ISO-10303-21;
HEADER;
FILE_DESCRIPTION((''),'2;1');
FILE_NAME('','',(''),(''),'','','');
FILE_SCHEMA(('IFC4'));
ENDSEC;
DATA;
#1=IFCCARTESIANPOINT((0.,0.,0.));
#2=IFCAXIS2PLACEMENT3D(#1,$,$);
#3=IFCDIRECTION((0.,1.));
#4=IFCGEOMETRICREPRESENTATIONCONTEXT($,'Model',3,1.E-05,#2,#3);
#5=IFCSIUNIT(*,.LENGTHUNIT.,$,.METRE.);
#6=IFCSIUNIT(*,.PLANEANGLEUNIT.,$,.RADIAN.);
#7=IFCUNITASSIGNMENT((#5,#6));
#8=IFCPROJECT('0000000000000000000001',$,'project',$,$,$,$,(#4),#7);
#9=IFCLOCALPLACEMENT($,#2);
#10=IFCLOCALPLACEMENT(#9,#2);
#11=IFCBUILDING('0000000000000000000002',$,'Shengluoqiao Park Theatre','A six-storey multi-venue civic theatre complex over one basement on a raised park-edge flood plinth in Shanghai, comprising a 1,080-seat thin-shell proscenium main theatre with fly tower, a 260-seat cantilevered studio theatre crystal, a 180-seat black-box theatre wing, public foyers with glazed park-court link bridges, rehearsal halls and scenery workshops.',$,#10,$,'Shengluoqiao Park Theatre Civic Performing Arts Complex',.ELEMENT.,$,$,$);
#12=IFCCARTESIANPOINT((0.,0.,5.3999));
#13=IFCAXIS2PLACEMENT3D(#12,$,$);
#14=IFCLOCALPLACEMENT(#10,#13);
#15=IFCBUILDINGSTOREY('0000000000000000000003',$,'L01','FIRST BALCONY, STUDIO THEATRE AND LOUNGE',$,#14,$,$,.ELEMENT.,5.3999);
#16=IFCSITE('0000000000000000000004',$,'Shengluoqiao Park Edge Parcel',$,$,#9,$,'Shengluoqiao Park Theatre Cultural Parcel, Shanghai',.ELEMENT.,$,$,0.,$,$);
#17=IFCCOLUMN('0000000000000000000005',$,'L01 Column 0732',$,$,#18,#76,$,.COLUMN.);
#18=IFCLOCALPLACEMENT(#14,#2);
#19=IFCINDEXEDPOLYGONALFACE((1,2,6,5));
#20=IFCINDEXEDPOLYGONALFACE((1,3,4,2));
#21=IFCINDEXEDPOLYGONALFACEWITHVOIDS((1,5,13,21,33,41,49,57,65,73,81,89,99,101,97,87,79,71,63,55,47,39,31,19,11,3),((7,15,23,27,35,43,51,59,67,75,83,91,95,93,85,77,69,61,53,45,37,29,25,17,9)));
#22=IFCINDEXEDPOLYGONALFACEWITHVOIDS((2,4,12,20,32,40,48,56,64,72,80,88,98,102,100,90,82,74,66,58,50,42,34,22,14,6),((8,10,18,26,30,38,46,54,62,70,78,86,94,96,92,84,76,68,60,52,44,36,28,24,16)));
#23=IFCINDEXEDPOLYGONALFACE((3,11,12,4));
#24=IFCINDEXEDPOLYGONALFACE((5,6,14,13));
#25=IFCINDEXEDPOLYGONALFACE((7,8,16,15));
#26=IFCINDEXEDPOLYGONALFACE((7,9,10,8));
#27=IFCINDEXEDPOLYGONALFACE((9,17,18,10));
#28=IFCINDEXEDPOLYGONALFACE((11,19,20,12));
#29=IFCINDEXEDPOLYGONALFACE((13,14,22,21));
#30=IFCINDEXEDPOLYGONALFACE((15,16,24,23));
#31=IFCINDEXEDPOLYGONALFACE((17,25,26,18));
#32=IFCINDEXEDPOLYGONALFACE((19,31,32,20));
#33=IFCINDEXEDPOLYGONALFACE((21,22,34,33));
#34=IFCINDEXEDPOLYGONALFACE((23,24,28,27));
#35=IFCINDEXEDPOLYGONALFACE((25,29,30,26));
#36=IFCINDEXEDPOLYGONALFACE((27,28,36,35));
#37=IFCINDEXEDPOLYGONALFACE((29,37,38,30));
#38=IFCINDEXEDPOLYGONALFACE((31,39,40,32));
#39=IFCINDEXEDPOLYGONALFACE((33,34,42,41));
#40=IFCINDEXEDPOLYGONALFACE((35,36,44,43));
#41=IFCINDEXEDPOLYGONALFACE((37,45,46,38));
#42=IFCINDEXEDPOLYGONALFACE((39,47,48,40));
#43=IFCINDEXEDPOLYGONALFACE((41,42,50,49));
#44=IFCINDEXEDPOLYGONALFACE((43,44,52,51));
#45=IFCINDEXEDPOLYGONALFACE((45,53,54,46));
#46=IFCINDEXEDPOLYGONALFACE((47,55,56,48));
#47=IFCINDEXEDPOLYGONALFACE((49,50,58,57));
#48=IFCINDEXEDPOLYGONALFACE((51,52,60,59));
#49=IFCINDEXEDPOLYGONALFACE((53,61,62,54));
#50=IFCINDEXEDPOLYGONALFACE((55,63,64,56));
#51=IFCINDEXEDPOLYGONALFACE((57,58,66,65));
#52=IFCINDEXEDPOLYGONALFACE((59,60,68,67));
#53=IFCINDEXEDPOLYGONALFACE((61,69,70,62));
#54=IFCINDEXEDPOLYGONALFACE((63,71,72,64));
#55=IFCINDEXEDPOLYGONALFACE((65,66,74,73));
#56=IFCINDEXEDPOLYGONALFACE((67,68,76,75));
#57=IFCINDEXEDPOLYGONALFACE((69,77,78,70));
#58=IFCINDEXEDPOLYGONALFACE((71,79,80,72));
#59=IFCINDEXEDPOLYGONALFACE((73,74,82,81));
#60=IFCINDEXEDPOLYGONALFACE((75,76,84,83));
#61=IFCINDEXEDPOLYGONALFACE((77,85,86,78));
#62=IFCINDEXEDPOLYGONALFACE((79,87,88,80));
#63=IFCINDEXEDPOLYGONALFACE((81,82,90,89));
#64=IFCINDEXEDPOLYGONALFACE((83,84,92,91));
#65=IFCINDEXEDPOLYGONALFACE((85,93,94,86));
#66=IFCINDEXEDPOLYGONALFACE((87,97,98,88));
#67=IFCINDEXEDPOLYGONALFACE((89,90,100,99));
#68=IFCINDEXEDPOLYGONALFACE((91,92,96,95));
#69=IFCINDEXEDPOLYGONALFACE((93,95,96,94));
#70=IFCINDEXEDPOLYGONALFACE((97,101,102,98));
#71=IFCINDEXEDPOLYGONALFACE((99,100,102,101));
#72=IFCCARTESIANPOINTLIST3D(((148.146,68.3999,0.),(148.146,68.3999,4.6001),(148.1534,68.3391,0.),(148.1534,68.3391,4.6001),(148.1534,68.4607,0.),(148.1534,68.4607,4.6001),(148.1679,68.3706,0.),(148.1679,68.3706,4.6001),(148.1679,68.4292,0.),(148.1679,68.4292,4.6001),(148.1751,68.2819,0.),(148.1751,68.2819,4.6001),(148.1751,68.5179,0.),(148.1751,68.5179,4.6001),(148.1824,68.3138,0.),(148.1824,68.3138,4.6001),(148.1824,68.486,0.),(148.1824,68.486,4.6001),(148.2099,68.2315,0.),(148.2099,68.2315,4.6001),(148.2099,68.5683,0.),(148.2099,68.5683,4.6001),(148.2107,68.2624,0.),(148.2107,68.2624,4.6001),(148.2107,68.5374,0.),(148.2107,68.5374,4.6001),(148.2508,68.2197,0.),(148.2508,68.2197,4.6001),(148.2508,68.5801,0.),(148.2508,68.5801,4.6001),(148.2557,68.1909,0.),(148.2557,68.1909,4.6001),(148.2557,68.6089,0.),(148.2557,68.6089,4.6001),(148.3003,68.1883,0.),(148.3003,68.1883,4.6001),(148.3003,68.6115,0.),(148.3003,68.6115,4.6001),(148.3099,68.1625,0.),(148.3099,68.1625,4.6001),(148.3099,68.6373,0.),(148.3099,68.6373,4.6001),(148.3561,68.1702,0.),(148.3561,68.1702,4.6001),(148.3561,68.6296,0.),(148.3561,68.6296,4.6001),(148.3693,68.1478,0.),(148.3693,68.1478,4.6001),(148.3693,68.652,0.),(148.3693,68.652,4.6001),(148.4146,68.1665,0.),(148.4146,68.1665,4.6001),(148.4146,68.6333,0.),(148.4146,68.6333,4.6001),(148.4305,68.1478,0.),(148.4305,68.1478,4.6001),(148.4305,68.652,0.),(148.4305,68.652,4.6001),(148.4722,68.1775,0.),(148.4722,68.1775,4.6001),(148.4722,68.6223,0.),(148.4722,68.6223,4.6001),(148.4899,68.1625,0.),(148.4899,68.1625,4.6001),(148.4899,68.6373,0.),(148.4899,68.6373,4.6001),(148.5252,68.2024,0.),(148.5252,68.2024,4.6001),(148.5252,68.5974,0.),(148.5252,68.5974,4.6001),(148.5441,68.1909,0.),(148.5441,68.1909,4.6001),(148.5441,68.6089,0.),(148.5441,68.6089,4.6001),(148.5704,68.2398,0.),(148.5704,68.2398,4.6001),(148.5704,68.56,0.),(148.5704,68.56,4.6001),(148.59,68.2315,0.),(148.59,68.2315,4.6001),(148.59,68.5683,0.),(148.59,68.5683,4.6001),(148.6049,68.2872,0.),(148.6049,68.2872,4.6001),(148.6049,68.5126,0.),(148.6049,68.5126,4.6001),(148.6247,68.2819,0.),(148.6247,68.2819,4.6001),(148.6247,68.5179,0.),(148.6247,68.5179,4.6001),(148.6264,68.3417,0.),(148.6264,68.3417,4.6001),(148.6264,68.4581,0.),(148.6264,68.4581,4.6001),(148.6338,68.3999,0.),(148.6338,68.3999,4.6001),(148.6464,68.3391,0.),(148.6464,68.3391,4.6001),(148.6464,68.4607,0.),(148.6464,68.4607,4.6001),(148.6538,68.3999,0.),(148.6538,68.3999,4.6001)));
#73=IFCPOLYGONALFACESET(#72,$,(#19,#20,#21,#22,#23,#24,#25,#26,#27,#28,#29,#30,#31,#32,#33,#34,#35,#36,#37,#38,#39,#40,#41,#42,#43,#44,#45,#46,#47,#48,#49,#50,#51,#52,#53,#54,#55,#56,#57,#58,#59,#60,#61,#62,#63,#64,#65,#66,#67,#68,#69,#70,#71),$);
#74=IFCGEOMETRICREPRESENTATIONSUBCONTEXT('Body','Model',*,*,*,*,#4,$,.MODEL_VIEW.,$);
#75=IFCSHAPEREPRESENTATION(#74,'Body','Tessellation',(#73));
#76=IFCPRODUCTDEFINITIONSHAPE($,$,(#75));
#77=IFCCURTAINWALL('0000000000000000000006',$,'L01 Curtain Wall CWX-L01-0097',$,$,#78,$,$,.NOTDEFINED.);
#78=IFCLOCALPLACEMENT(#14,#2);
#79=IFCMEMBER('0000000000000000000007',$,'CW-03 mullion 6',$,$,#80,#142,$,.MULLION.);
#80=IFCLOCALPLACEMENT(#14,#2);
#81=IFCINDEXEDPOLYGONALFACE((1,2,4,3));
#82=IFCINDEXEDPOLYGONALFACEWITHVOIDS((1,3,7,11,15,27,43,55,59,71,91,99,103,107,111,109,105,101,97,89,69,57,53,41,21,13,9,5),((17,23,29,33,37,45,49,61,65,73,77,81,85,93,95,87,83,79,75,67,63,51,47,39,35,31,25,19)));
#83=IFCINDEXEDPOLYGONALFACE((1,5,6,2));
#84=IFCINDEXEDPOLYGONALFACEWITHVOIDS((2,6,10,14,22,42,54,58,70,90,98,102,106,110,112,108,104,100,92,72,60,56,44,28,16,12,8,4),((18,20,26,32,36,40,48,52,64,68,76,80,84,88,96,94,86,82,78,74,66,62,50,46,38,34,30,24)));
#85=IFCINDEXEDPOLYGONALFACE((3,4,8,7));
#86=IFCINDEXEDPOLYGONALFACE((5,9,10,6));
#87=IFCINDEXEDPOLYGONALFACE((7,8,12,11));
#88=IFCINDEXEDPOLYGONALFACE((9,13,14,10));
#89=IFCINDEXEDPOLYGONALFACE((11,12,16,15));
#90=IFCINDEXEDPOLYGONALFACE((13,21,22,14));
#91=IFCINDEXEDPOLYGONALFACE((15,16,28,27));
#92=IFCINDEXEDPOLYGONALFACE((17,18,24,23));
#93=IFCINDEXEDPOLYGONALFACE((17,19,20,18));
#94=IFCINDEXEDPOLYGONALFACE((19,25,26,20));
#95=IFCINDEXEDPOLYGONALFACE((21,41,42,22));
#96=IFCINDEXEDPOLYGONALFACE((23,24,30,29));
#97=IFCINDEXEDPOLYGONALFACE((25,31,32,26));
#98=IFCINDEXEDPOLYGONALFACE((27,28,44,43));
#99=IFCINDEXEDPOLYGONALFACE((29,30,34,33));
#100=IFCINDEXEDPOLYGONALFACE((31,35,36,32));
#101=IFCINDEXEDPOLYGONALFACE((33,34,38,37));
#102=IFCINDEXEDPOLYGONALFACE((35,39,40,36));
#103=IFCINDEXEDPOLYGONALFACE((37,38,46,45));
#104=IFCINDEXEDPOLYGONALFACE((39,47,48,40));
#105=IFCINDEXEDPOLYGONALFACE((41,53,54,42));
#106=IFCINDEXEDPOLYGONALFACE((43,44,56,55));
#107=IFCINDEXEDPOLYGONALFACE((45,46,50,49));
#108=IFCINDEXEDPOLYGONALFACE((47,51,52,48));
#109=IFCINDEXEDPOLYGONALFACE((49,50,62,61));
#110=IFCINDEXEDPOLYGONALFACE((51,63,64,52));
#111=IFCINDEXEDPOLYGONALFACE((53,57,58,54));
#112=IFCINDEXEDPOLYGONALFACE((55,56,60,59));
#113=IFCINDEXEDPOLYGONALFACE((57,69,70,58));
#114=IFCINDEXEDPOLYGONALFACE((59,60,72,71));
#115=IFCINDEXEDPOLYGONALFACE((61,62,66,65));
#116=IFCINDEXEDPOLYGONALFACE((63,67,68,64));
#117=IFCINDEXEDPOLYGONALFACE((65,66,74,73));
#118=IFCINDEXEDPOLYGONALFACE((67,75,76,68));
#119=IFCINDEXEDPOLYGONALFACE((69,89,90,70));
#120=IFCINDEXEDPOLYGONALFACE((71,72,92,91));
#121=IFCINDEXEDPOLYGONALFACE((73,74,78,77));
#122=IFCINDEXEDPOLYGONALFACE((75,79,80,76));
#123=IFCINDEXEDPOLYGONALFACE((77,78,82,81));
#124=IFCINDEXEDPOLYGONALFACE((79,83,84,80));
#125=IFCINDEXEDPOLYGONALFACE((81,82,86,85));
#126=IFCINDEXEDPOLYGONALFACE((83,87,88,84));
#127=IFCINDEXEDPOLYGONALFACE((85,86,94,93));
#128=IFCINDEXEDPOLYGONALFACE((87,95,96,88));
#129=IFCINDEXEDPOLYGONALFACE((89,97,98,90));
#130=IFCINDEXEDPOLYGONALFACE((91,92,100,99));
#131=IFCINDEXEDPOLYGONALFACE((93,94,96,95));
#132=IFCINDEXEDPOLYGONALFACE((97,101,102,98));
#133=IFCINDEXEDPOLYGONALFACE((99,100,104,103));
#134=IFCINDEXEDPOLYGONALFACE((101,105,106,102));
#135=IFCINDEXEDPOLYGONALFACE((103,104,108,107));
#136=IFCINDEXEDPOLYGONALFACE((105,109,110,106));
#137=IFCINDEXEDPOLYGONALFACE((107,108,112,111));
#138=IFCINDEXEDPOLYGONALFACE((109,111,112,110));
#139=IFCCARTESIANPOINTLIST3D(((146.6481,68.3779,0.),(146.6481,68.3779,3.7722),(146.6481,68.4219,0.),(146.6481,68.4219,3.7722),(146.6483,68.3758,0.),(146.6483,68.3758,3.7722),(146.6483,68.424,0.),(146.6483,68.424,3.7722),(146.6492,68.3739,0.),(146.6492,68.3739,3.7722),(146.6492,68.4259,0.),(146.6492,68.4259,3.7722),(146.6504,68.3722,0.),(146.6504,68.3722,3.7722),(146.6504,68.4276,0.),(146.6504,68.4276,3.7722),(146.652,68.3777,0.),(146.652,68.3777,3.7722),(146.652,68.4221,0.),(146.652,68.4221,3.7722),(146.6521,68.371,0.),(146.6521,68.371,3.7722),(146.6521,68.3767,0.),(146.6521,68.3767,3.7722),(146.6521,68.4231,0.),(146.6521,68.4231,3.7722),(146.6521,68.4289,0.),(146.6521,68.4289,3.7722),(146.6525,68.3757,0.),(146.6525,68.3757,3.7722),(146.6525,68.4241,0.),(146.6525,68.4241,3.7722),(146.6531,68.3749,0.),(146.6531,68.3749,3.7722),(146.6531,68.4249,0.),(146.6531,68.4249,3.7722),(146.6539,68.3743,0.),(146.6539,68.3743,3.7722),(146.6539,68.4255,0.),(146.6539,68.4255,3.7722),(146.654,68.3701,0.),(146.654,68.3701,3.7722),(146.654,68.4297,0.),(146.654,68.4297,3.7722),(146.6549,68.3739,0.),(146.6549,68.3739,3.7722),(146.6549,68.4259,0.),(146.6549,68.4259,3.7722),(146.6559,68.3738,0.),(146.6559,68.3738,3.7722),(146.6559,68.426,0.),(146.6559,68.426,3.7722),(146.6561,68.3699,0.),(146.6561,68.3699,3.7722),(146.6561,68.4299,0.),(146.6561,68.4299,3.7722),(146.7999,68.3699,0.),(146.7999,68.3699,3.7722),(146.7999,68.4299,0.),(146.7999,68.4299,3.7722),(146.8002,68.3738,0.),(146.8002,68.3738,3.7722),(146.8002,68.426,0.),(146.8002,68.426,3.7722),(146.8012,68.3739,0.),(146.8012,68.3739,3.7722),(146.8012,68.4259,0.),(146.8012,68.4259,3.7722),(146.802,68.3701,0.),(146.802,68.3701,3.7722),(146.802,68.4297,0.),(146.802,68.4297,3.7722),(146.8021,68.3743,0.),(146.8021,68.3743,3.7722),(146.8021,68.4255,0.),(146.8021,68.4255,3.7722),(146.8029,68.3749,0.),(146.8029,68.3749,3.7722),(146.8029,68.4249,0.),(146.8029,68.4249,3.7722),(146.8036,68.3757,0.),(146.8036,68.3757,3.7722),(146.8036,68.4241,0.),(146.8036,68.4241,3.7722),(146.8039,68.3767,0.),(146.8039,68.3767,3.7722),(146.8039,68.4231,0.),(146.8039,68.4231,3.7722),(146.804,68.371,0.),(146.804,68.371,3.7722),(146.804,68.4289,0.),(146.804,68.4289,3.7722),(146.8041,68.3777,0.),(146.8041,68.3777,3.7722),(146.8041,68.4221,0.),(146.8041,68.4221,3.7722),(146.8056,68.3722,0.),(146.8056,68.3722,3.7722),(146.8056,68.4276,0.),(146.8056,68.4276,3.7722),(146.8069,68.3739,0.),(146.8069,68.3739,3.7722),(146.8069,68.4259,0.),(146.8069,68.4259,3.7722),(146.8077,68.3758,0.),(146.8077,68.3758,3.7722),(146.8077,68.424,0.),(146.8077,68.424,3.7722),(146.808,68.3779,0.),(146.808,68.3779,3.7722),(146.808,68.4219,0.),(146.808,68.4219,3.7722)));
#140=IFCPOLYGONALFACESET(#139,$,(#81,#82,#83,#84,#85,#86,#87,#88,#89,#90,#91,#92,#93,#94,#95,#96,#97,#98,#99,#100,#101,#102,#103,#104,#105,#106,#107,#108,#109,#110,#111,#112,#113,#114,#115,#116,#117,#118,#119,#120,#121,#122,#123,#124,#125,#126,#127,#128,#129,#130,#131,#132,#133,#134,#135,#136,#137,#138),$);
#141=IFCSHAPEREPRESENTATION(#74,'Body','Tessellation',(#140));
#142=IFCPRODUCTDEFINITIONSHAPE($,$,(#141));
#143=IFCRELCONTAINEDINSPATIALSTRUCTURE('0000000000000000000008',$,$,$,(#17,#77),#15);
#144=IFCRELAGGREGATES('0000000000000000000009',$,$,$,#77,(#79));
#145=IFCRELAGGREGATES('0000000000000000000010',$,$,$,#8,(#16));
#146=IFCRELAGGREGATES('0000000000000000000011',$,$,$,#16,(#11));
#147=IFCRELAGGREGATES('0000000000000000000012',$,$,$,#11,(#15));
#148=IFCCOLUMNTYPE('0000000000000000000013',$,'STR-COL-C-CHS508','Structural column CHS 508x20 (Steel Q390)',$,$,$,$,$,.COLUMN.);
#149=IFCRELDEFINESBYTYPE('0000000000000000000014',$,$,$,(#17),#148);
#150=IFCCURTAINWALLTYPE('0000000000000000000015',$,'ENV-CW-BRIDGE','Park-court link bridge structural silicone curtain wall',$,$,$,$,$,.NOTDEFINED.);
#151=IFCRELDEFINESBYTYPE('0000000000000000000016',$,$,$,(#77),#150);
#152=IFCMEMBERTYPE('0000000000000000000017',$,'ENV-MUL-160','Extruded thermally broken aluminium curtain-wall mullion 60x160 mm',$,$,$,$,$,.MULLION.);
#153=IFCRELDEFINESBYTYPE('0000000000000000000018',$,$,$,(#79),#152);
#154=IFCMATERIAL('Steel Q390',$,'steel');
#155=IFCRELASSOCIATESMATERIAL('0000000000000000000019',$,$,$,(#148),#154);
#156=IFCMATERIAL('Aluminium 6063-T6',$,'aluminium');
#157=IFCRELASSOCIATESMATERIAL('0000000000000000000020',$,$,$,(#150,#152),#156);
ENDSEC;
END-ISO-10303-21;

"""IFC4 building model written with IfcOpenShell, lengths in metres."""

from ifc_helpers import new_model, si_unit, direction, frame, origin, origin_2d, place, context, subcontext, project, spatial, hollow_rectangle, hollow_circle, extrude, material, material_profile, profile_set, type_object, element, aggregate, save


model = new_model("IFC4")

# Units and contexts
model_context = context("Model", 3, precision=1e-05, world=origin(), true_north=direction((0.0, 1.0)))
body_context = subcontext(model_context, "Body", "Model", "MODEL_VIEW")
ifc_project = project(units=[si_unit("LENGTHUNIT", "METRE"), si_unit("PLANEANGLEUNIT", "RADIAN")], contexts=[model_context])

# Site, building, storey
site_placement = place(None, origin())
site = spatial("IfcSite", under=ifc_project, at=site_placement, Name="Shengluoqiao Park Edge Parcel", LongName="Shengluoqiao Park Theatre Cultural Parcel, Shanghai", CompositionType="ELEMENT", RefElevation=0.0)
building_placement = place(site_placement, origin())
building = spatial("IfcBuilding", under=site, at=building_placement, Name="Shengluoqiao Park Theatre", Description="A six-storey multi-venue civic theatre complex over one basement on a raised park-edge flood plinth in Shanghai, comprising a 1,080-seat thin-shell proscenium main theatre with fly tower, a 260-seat cantilevered studio theatre crystal, a 180-seat black-box theatre wing, public foyers with glazed park-court link bridges, rehearsal halls and scenery workshops.", LongName="Shengluoqiao Park Theatre Civic Performing Arts Complex", CompositionType="ELEMENT")
storey_placement = place(building_placement, frame((0.0, 0.0, 5.3999)))
storey = spatial("IfcBuildingStorey", under=building, at=storey_placement, Name="L01", Description="FIRST BALCONY, STUDIO THEATRE AND LOUNGE", CompositionType="ELEMENT", Elevation=5.3999)

# Column
ifc_material_1 = material(Name="Steel Q390", Category="steel")
ifc_material_profile_1 = material_profile(ifc_material_1, hollow_circle(Radius=0.2539, WallThickness=0.02, at=origin_2d()), Name="CHS 508x20")
ifc_profile_set_1 = profile_set([ifc_material_profile_1], Name="Steel Q390")
column_type = type_object("IfcColumnType", Name="STR-COL-C-CHS508", Description="Structural column CHS 508x20 (Steel Q390)", PredefinedType="COLUMN", material=ifc_profile_set_1)
column_placement = place(storey_placement, frame((148.3999, 68.3999, 0.0), z_axis=(0.0, 0.0, 1.0), x_axis=(1.0, 0.0, 0.0)))
element("IfcColumn", 1, at=column_placement, inside=storey, type_object=column_type, Name="L01 Column 0732", PredefinedType="COLUMN", context=body_context, shape_type="SweptSolid", body=[
    extrude(hollow_circle(Radius=0.2539, WallThickness=0.02, at=origin_2d()), origin(), (0.0, 0.0, 1.0), 4.6001),
])

# Curtain wall, member
ifc_material_2 = material(Name="Aluminium 6063-T6", Category="aluminium")
curtain_wall_type = type_object("IfcCurtainWallType", Name="ENV-CW-BRIDGE", Description="Park-court link bridge structural silicone curtain wall", PredefinedType="NOTDEFINED", material=ifc_material_2)
curtain_wall_1_placement = place(storey_placement, origin())
curtain_wall_1 = element("IfcCurtainWall", 2, at=curtain_wall_1_placement, inside=storey, type_object=curtain_wall_type, Name="L01 Curtain Wall CWX-L01-0097", PredefinedType="NOTDEFINED")
ifc_material_profile_2 = material_profile(ifc_material_2, hollow_rectangle(XDim=0.0601, YDim=0.1599, WallThickness=0.0039, InnerFilletRadius=0.0039, OuterFilletRadius=0.0081, at=origin_2d()), Name="ALU MULLION 160x60x4")
ifc_profile_set_2 = profile_set([ifc_material_profile_2], Name="Aluminium 6063-T6")
member_type_1 = type_object("IfcMemberType", Name="ENV-MUL-160", Description="Extruded thermally broken aluminium curtain-wall mullion 60x160 mm", PredefinedType="MULLION", material=ifc_profile_set_2)
member_1_placement = place(storey_placement, frame((146.728, 68.3999, 0.0), z_axis=(0.0, 0.0, 1.0), x_axis=(0.0, 1.0, 0.0)))
member_1 = element("IfcMember", 3, at=member_1_placement, type_object=member_type_1, Name="CW-03 mullion 6", PredefinedType="MULLION", context=body_context, shape_type="SweptSolid", body=[
    extrude(hollow_rectangle(XDim=0.0601, YDim=0.1599, WallThickness=0.0039, InnerFilletRadius=0.0039, OuterFilletRadius=0.0081, at=origin_2d()), origin(), (0.0, 0.0, 1.0), 3.7722),
])

aggregate(curtain_wall_1, [member_1])

save(model, "model.ifc")
